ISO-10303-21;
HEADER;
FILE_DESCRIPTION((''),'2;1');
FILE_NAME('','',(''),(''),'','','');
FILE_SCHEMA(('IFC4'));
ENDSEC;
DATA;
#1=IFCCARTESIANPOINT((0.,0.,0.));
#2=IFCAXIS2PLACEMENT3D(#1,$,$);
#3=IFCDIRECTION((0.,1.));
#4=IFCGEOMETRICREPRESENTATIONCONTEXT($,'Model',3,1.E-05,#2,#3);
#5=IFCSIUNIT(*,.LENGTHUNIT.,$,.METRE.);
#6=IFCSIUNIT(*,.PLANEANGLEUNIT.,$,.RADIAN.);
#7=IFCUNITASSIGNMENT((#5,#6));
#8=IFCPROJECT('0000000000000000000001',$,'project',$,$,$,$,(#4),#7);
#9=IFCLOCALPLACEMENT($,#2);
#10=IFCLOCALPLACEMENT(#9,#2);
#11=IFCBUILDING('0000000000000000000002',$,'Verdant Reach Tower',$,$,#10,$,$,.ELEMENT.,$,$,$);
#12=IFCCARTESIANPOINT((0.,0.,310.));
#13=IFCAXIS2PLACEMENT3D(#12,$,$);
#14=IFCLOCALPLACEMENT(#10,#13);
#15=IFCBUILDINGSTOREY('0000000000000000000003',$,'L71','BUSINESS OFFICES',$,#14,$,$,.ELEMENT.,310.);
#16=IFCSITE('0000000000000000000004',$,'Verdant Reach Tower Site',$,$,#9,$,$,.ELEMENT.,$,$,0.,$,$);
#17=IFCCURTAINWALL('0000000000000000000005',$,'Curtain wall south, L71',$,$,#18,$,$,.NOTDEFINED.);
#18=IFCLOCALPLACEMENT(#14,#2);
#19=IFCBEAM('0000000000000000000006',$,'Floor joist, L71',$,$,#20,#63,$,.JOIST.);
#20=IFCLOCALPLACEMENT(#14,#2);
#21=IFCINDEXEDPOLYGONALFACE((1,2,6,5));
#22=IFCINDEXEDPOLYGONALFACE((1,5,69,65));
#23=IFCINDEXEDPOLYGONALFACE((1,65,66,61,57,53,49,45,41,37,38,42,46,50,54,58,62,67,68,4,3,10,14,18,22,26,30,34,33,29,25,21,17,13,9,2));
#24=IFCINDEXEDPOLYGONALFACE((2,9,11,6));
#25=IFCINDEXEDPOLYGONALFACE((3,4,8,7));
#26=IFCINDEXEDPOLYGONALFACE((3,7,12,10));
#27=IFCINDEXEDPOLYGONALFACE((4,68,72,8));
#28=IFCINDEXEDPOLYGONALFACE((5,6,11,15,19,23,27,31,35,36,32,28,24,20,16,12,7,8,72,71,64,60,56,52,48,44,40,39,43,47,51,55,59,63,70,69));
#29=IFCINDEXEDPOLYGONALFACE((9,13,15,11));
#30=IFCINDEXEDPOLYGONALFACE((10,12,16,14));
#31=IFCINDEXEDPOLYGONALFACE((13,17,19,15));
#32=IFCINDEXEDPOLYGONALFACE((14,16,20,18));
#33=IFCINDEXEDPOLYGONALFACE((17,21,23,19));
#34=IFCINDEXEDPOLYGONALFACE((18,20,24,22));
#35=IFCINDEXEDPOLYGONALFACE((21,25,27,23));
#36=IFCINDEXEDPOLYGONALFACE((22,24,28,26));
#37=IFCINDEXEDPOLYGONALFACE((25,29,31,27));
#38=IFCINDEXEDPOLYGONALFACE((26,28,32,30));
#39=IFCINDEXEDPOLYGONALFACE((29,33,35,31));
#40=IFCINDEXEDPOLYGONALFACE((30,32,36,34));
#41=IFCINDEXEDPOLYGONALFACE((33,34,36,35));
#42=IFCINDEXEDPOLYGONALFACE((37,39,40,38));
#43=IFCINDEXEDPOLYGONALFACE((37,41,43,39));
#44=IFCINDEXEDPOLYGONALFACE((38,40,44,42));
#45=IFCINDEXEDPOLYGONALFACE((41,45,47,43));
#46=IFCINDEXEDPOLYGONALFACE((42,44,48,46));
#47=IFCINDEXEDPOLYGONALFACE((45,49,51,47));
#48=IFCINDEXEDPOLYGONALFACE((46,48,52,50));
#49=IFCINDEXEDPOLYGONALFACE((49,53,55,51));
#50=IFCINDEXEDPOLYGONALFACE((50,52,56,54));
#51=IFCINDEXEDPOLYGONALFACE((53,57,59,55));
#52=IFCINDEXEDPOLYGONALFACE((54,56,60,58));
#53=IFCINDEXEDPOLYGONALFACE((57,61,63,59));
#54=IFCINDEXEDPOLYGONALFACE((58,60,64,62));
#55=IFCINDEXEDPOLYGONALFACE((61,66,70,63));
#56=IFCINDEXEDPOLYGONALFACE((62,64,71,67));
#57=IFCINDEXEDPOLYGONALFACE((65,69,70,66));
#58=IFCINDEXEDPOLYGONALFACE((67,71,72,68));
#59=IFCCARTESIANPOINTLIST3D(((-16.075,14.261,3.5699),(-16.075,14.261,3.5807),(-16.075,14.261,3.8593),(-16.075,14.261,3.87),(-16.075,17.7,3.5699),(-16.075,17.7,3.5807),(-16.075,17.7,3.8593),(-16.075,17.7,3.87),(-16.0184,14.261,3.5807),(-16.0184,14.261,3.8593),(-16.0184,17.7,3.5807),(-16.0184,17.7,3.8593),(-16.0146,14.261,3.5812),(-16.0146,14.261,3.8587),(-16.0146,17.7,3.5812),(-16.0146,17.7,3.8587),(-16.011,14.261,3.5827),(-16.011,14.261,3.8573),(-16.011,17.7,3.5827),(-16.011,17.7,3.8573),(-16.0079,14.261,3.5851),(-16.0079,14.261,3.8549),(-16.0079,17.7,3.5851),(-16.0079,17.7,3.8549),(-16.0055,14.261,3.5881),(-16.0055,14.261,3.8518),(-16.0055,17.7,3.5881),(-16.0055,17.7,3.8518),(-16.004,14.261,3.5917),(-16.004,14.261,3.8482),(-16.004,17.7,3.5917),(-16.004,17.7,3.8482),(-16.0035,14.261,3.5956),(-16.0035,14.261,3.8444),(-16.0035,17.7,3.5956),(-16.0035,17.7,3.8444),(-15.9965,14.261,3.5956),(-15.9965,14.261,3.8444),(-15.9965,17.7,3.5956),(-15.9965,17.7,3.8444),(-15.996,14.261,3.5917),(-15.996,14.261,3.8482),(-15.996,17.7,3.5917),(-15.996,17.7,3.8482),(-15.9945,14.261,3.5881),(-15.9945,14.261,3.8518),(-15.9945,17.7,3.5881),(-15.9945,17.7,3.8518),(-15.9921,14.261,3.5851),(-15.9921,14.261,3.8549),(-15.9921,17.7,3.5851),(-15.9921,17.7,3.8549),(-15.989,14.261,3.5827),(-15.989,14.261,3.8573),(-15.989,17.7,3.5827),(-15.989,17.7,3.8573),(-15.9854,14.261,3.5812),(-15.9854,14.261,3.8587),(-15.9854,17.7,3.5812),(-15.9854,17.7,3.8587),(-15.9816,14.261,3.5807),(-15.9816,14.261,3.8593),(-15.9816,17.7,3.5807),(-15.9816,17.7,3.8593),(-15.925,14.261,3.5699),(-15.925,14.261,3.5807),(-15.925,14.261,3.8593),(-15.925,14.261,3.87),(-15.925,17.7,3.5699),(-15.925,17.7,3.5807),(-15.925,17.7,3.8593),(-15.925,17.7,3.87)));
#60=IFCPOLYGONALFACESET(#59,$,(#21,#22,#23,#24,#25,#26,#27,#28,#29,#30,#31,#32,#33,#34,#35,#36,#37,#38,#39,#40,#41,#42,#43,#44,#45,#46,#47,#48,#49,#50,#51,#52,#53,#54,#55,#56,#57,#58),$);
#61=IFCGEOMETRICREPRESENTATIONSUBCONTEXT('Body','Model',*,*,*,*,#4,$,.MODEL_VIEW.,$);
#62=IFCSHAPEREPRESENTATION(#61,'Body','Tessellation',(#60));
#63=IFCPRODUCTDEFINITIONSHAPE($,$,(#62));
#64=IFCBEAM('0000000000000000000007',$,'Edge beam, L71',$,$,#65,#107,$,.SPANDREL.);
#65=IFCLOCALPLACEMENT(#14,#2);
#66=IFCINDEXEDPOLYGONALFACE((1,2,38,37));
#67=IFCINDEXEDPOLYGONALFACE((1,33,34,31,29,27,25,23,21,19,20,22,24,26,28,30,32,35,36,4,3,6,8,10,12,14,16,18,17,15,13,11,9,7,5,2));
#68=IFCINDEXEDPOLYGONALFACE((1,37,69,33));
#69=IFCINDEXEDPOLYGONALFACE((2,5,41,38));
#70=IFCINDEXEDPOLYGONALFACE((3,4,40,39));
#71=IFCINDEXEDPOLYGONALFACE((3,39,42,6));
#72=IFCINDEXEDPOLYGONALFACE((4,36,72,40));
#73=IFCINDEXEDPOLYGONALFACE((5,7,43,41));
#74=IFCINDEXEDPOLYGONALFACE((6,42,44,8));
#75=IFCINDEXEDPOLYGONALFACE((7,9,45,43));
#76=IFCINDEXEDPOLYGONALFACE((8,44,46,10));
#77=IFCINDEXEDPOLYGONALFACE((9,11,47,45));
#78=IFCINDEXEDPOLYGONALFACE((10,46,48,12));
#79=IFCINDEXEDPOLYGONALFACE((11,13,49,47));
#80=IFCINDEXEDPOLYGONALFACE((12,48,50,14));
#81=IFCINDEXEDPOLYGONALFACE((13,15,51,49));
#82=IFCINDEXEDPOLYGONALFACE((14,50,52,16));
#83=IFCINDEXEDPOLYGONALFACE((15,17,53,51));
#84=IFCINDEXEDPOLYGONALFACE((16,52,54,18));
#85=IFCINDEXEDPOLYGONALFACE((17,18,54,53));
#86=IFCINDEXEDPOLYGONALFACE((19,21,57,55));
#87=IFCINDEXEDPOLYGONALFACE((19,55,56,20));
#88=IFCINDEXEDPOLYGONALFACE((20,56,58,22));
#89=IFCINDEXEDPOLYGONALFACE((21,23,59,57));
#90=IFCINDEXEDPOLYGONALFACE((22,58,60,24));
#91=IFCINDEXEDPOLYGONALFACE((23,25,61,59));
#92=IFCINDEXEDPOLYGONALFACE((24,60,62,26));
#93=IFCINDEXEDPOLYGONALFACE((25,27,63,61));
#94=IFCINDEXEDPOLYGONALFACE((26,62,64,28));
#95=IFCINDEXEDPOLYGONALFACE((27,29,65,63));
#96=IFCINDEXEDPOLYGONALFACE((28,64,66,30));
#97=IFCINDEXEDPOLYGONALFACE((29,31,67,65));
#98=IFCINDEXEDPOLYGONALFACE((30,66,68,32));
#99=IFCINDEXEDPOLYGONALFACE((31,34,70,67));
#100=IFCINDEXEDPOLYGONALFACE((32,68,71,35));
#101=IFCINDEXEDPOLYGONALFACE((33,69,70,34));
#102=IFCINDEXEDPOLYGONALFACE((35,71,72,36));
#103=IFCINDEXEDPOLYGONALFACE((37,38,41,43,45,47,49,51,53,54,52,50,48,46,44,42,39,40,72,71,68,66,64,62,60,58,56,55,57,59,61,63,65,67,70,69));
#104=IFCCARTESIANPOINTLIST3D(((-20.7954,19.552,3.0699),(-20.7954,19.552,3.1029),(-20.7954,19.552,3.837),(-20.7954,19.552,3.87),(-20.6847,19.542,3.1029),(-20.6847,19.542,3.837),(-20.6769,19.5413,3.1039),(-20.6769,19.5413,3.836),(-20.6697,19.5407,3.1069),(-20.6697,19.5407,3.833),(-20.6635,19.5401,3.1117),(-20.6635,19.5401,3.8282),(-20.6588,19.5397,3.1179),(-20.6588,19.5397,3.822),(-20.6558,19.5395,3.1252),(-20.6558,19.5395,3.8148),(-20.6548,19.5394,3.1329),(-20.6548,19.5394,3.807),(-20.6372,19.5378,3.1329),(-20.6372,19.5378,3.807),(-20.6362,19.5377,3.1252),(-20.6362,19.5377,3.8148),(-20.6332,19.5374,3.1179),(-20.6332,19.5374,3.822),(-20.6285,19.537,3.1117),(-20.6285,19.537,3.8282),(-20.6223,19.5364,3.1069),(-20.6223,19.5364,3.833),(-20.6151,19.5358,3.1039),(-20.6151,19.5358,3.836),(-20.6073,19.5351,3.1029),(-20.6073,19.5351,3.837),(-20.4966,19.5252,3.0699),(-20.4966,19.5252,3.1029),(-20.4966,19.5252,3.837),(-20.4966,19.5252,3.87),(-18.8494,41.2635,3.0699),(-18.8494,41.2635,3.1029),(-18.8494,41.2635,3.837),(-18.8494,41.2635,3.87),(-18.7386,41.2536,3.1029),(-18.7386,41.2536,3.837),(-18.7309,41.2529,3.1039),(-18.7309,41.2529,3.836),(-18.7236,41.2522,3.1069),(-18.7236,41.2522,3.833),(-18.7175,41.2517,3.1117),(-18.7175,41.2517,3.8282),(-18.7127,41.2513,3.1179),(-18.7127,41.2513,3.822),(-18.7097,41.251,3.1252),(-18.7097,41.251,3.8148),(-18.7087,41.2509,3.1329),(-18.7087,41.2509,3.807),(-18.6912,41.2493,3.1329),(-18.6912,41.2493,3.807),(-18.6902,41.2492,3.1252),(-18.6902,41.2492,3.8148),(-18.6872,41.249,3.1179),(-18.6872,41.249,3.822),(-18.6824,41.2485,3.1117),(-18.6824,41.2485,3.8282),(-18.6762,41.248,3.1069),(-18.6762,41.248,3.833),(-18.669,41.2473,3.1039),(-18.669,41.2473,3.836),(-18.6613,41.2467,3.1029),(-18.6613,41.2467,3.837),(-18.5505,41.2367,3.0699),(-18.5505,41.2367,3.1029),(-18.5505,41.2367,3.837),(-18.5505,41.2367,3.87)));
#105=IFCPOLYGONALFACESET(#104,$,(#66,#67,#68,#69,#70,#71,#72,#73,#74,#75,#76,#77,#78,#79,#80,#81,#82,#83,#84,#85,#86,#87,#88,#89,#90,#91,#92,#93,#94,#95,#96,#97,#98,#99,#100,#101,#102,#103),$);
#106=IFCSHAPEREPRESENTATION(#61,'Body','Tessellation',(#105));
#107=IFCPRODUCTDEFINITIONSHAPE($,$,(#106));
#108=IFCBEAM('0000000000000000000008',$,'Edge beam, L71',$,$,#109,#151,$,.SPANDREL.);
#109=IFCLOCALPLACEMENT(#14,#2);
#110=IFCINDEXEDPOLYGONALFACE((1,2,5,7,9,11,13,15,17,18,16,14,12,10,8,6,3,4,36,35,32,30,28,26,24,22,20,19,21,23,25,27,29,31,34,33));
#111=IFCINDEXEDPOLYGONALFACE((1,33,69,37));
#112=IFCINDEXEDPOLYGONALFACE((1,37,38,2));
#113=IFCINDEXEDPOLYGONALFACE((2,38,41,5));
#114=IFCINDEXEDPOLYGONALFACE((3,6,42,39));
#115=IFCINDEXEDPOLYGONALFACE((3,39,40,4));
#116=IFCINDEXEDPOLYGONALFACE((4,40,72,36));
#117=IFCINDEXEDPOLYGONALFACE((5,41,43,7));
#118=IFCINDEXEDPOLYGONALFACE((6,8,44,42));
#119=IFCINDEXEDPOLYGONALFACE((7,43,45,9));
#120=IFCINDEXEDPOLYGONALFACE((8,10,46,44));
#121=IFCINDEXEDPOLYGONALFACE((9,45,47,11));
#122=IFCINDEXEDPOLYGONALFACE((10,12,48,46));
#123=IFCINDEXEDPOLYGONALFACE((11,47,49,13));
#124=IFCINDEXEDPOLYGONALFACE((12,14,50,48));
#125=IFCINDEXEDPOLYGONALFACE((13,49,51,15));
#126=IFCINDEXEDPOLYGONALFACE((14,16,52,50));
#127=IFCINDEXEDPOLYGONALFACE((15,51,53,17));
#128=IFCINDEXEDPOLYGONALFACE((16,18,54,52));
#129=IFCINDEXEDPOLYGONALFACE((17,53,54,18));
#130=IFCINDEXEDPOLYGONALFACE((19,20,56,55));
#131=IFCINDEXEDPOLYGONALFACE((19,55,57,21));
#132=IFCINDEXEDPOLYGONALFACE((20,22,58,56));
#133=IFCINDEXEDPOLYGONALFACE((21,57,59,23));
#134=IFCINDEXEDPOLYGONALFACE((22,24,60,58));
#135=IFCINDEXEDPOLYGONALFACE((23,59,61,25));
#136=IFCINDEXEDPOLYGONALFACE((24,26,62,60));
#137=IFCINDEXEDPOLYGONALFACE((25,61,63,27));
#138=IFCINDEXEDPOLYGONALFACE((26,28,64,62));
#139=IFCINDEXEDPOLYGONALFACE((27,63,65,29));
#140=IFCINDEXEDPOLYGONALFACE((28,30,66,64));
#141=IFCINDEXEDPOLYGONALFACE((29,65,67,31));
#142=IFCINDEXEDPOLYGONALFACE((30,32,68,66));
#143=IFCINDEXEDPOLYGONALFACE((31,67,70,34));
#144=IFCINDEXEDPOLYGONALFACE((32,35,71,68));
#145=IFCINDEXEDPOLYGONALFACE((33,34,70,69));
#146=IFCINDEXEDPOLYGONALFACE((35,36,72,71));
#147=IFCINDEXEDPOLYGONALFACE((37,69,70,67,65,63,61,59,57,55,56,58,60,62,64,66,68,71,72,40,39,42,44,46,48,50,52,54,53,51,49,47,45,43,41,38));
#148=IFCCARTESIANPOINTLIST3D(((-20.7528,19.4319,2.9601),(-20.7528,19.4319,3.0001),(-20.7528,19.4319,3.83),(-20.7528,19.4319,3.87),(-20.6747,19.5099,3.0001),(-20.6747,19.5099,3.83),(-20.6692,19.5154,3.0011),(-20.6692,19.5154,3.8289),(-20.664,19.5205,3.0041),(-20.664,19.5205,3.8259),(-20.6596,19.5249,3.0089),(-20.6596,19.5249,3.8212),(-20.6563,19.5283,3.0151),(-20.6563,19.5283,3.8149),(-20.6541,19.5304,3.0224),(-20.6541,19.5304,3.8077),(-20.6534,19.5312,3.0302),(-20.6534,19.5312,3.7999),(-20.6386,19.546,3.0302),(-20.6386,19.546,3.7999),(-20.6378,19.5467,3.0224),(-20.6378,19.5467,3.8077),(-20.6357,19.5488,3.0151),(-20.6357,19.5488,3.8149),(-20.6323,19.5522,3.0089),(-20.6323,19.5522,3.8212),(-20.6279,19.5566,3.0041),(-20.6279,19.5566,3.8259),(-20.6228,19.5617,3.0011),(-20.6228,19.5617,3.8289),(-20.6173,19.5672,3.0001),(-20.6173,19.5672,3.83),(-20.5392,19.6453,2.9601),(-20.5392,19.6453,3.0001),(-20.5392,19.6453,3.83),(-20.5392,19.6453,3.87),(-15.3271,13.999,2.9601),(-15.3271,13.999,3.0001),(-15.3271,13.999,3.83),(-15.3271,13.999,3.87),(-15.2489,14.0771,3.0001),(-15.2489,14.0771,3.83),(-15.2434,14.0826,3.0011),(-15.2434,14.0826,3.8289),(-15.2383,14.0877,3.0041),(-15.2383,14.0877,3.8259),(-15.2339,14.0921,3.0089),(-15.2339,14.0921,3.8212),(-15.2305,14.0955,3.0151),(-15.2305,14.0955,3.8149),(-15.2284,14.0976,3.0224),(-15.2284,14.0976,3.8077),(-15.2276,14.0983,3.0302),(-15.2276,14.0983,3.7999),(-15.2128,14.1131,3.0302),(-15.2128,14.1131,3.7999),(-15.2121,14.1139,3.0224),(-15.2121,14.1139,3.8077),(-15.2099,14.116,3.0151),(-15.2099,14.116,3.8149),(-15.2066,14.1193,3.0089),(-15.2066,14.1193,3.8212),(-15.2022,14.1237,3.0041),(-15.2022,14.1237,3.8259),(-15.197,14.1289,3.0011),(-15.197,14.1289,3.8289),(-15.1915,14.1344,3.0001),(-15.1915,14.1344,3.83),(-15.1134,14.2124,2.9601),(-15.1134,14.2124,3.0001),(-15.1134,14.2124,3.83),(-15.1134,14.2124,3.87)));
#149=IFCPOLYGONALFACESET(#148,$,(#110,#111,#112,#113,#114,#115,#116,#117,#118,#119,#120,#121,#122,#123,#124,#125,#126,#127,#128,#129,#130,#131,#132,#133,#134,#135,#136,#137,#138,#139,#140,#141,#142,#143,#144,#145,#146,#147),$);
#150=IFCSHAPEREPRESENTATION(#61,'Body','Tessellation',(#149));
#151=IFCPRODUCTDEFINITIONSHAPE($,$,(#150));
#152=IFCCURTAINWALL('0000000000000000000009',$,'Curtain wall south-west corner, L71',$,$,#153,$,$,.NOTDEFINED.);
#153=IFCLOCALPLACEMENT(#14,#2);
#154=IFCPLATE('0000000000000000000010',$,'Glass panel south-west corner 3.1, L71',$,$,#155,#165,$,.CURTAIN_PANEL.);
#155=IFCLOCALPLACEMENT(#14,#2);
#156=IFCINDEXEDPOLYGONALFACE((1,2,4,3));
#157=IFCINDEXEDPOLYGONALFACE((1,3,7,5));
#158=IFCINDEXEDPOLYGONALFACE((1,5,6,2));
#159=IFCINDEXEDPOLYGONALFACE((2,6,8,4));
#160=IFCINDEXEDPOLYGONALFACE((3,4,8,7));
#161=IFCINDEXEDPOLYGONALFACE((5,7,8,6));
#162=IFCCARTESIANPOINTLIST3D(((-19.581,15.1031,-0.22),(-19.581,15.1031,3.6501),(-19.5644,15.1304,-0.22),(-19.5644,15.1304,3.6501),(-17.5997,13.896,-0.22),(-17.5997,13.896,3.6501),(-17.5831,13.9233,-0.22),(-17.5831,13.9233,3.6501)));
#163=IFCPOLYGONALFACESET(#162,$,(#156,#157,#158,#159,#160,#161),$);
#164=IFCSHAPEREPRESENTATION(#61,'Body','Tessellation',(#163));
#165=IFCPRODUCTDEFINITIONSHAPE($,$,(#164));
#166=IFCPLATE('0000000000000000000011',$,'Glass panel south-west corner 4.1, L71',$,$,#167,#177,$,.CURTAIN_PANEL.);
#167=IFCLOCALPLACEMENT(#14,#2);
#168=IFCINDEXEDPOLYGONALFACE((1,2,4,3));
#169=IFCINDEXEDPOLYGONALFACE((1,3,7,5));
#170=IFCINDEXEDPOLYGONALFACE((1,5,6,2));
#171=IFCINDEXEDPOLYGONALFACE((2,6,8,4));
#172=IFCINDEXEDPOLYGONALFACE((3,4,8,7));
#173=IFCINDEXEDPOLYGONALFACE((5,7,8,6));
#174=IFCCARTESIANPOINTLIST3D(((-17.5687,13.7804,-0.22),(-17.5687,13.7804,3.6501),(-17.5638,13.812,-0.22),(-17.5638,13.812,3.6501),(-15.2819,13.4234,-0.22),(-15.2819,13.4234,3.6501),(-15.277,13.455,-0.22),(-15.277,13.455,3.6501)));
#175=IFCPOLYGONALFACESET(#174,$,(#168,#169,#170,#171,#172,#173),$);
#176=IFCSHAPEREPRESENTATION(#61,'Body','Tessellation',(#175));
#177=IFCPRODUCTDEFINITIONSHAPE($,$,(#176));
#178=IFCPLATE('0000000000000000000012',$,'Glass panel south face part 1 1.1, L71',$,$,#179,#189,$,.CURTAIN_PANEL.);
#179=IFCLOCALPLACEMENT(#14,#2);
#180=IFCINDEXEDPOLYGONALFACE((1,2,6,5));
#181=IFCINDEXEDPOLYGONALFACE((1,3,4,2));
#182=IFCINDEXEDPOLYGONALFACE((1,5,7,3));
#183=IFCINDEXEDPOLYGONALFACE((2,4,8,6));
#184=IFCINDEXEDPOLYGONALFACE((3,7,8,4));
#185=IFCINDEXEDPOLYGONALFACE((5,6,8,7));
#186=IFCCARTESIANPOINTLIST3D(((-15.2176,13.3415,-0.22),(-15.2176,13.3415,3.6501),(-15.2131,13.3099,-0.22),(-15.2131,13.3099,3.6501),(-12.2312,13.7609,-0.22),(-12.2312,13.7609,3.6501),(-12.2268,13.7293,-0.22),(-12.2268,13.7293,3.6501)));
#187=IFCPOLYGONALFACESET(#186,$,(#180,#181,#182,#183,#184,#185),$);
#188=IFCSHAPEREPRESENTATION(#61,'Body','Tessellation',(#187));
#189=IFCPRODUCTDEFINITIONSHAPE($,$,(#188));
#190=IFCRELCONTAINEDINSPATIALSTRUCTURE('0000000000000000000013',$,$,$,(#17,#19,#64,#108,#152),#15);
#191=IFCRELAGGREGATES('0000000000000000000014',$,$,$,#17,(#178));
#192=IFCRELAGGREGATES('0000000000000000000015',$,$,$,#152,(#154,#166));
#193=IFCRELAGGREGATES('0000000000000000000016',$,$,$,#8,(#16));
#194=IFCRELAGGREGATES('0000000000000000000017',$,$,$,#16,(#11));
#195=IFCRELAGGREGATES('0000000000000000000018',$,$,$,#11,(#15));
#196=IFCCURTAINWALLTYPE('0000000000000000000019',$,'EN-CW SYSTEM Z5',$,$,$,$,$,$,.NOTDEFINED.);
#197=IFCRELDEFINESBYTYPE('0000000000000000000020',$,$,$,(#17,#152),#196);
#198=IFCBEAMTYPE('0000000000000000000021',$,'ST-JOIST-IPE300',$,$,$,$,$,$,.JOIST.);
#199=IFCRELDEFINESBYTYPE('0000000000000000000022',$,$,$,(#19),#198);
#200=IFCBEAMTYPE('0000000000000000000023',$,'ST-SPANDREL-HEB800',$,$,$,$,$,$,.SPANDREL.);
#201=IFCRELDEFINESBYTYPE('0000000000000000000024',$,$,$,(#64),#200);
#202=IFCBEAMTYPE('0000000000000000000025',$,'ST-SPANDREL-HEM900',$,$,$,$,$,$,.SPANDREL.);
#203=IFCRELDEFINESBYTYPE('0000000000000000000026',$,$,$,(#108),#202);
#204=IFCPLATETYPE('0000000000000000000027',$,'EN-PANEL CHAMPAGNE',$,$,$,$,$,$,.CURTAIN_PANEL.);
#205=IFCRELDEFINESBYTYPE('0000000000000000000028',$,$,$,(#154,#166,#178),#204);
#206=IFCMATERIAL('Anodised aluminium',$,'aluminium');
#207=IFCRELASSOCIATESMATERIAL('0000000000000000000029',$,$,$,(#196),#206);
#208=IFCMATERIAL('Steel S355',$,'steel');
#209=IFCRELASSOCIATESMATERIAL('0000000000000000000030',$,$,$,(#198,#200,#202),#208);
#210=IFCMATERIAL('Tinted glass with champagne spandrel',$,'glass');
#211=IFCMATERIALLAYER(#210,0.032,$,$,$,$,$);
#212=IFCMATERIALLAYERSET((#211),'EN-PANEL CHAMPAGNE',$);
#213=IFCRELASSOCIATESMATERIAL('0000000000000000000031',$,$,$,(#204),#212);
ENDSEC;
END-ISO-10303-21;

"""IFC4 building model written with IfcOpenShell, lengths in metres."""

from ifc_helpers import new_model, si_unit, direction, frame, origin, origin_2d, place, context, subcontext, project, spatial, rectangle, i_section, extrude, material, layer, layer_set, material_profile, profile_set, type_object, element, aggregate, save


model = new_model("IFC4")

# Units and contexts
model_context = context("Model", 3, precision=1e-05, world=origin(), true_north=direction((0.0, 1.0)))
body_context = subcontext(model_context, "Body", "Model", "MODEL_VIEW")
ifc_project = project(units=[si_unit("LENGTHUNIT", "METRE"), si_unit("PLANEANGLEUNIT", "RADIAN")], contexts=[model_context])

# Site, building, storey
site_placement = place(None, origin())
site = spatial("IfcSite", under=ifc_project, at=site_placement, Name="Verdant Reach Tower Site", CompositionType="ELEMENT", RefElevation=0.0)
building_placement = place(site_placement, origin())
building = spatial("IfcBuilding", under=site, at=building_placement, Name="Verdant Reach Tower", CompositionType="ELEMENT")
storey_placement = place(building_placement, frame((0.0, 0.0, 310.0)))
storey = spatial("IfcBuildingStorey", under=building, at=storey_placement, Name="L71", Description="BUSINESS OFFICES", CompositionType="ELEMENT", Elevation=310.0)

# Curtain wall
ifc_material_1 = material(Name="Anodised aluminium", Category="aluminium")
curtain_wall_type = type_object("IfcCurtainWallType", Name="EN-CW SYSTEM Z5", PredefinedType="NOTDEFINED", material=ifc_material_1)
curtain_wall_1_placement = place(storey_placement, origin())
curtain_wall_1 = element("IfcCurtainWall", 1, at=curtain_wall_1_placement, inside=storey, type_object=curtain_wall_type, Name="Curtain wall south, L71", PredefinedType="NOTDEFINED")

# Beams
ifc_material_2 = material(Name="Steel S355", Category="steel")
ifc_material_profile_1 = material_profile(ifc_material_2, i_section(OverallWidth=0.1499, OverallDepth=0.3, WebThickness=0.0071, FlangeThickness=0.0107, FilletRadius=0.0149, at=origin_2d()), Name="IPE 300")
ifc_profile_set_1 = profile_set([ifc_material_profile_1], Name="Steel S355")
beam_type_1 = type_object("IfcBeamType", Name="ST-JOIST-IPE300", PredefinedType="JOIST", material=ifc_profile_set_1)
beam_1_placement = place(storey_placement, frame((-16.0, 17.7, 3.72), z_axis=(0.0, -1.0, 0.0), x_axis=(1.0, 0.0, 0.0)))
element("IfcBeam", 2, at=beam_1_placement, inside=storey, type_object=beam_type_1, Name="Floor joist, L71", PredefinedType="JOIST", context=body_context, shape_type="SweptSolid", body=[
    extrude(i_section(OverallWidth=0.1499, OverallDepth=0.3, WebThickness=0.0071, FlangeThickness=0.0107, FilletRadius=0.0149, at=origin_2d()), origin(), (0.0, 0.0, 1.0), 3.439),
])
ifc_material_profile_2 = material_profile(ifc_material_2, i_section(OverallWidth=0.3, OverallDepth=0.8, WebThickness=0.0176, FlangeThickness=0.033, FilletRadius=0.03, at=origin_2d()), Name="HEB 800")
ifc_profile_set_2 = profile_set([ifc_material_profile_2], Name="Steel S355")
beam_type_2 = type_object("IfcBeamType", Name="ST-SPANDREL-HEB800", PredefinedType="SPANDREL", material=ifc_profile_set_2)
beam_2_placement = place(storey_placement, frame((-20.646, 19.5386, 3.47), z_axis=(0.089274, 0.996007, 0.0), x_axis=(-0.996007, 0.089274, 0.0)))
element("IfcBeam", 3, at=beam_2_placement, inside=storey, type_object=beam_type_2, Name="Edge beam, L71", PredefinedType="SPANDREL", context=body_context, shape_type="SweptSolid", body=[
    extrude(i_section(OverallWidth=0.3, OverallDepth=0.8, WebThickness=0.0176, FlangeThickness=0.033, FilletRadius=0.03, at=origin_2d()), origin(), (0.0, 0.0, 1.0), 21.7986),
])
ifc_material_profile_3 = material_profile(ifc_material_2, i_section(OverallWidth=0.302, OverallDepth=0.9099, WebThickness=0.021, FlangeThickness=0.04, FilletRadius=0.03, at=origin_2d()), Name="HEM 900")
ifc_profile_set_3 = profile_set([ifc_material_profile_3], Name="Steel S355")
beam_type_3 = type_object("IfcBeamType", Name="ST-SPANDREL-HEM900", PredefinedType="SPANDREL", material=ifc_profile_set_3)
beam_3_placement = place(storey_placement, frame((-15.2202, 14.1057, 3.415), z_axis=(-0.706646, 0.707568, 0.0), x_axis=(-0.707568, -0.706646, 0.0)))
element("IfcBeam", 4, at=beam_3_placement, inside=storey, type_object=beam_type_3, Name="Edge beam, L71", PredefinedType="SPANDREL", context=body_context, shape_type="SweptSolid", body=[
    extrude(i_section(OverallWidth=0.302, OverallDepth=0.9099, WebThickness=0.021, FlangeThickness=0.04, FilletRadius=0.03, at=origin_2d()), origin(), (0.0, 0.0, 1.0), 7.6782),
])

# Curtain wall, plates
curtain_wall_2_placement = place(storey_placement, origin())
curtain_wall_2 = element("IfcCurtainWall", 5, at=curtain_wall_2_placement, inside=storey, type_object=curtain_wall_type, Name="Curtain wall south-west corner, L71", PredefinedType="NOTDEFINED")
ifc_material_3 = material(Name="Tinted glass with champagne spandrel", Category="glass")
ifc_layer_1 = layer(ifc_material_3, 0.032)
ifc_layer_set_1 = layer_set([ifc_layer_1], Name="EN-PANEL CHAMPAGNE")
plate_type_1 = type_object("IfcPlateType", Name="EN-PANEL CHAMPAGNE", PredefinedType="CURTAIN_PANEL", material=ifc_layer_set_1)
plate_1_placement = place(storey_placement, frame((-18.582, 14.5132, -0.22), z_axis=(0.0, 0.0, 1.0), x_axis=(0.853989, -0.520292, 0.0)))
plate_1 = element("IfcPlate", 6, at=plate_1_placement, type_object=plate_type_1, Name="Glass panel south-west corner 3.1, L71", PredefinedType="CURTAIN_PANEL", context=body_context, shape_type="SweptSolid", body=[
    extrude(rectangle(XDim=2.3201, YDim=0.032, at=origin_2d()), origin(), (0.0, 0.0, 1.0), 3.8701),
])
plate_2_placement = place(storey_placement, frame((-16.4229, 13.6177, -0.22), z_axis=(0.0, 0.0, 1.0), x_axis=(0.988033, -0.15424, 0.0)))
plate_2 = element("IfcPlate", 7, at=plate_2_placement, type_object=plate_type_1, Name="Glass panel south-west corner 4.1, L71", PredefinedType="CURTAIN_PANEL", context=body_context, shape_type="SweptSolid", body=[
    extrude(rectangle(XDim=2.3145, YDim=0.032, at=origin_2d()), origin(), (0.0, 0.0, 1.0), 3.8701),
])

# Plate
plate_3_placement = place(storey_placement, frame((-13.7222, 13.5354, -0.22), z_axis=(0.0, 0.0, 1.0), x_axis=(0.990282, 0.139077, 0.0)))
plate_3 = element("IfcPlate", 8, at=plate_3_placement, type_object=plate_type_1, Name="Glass panel south face part 1 1.1, L71", PredefinedType="CURTAIN_PANEL", context=body_context, shape_type="SweptSolid", body=[
    extrude(rectangle(XDim=3.0156, YDim=0.032, at=origin_2d()), origin(), (0.0, 0.0, 1.0), 3.8701),
])
aggregate(curtain_wall_1, [plate_3])
aggregate(curtain_wall_2, [plate_1, plate_2])

save(model, "model.ifc")
